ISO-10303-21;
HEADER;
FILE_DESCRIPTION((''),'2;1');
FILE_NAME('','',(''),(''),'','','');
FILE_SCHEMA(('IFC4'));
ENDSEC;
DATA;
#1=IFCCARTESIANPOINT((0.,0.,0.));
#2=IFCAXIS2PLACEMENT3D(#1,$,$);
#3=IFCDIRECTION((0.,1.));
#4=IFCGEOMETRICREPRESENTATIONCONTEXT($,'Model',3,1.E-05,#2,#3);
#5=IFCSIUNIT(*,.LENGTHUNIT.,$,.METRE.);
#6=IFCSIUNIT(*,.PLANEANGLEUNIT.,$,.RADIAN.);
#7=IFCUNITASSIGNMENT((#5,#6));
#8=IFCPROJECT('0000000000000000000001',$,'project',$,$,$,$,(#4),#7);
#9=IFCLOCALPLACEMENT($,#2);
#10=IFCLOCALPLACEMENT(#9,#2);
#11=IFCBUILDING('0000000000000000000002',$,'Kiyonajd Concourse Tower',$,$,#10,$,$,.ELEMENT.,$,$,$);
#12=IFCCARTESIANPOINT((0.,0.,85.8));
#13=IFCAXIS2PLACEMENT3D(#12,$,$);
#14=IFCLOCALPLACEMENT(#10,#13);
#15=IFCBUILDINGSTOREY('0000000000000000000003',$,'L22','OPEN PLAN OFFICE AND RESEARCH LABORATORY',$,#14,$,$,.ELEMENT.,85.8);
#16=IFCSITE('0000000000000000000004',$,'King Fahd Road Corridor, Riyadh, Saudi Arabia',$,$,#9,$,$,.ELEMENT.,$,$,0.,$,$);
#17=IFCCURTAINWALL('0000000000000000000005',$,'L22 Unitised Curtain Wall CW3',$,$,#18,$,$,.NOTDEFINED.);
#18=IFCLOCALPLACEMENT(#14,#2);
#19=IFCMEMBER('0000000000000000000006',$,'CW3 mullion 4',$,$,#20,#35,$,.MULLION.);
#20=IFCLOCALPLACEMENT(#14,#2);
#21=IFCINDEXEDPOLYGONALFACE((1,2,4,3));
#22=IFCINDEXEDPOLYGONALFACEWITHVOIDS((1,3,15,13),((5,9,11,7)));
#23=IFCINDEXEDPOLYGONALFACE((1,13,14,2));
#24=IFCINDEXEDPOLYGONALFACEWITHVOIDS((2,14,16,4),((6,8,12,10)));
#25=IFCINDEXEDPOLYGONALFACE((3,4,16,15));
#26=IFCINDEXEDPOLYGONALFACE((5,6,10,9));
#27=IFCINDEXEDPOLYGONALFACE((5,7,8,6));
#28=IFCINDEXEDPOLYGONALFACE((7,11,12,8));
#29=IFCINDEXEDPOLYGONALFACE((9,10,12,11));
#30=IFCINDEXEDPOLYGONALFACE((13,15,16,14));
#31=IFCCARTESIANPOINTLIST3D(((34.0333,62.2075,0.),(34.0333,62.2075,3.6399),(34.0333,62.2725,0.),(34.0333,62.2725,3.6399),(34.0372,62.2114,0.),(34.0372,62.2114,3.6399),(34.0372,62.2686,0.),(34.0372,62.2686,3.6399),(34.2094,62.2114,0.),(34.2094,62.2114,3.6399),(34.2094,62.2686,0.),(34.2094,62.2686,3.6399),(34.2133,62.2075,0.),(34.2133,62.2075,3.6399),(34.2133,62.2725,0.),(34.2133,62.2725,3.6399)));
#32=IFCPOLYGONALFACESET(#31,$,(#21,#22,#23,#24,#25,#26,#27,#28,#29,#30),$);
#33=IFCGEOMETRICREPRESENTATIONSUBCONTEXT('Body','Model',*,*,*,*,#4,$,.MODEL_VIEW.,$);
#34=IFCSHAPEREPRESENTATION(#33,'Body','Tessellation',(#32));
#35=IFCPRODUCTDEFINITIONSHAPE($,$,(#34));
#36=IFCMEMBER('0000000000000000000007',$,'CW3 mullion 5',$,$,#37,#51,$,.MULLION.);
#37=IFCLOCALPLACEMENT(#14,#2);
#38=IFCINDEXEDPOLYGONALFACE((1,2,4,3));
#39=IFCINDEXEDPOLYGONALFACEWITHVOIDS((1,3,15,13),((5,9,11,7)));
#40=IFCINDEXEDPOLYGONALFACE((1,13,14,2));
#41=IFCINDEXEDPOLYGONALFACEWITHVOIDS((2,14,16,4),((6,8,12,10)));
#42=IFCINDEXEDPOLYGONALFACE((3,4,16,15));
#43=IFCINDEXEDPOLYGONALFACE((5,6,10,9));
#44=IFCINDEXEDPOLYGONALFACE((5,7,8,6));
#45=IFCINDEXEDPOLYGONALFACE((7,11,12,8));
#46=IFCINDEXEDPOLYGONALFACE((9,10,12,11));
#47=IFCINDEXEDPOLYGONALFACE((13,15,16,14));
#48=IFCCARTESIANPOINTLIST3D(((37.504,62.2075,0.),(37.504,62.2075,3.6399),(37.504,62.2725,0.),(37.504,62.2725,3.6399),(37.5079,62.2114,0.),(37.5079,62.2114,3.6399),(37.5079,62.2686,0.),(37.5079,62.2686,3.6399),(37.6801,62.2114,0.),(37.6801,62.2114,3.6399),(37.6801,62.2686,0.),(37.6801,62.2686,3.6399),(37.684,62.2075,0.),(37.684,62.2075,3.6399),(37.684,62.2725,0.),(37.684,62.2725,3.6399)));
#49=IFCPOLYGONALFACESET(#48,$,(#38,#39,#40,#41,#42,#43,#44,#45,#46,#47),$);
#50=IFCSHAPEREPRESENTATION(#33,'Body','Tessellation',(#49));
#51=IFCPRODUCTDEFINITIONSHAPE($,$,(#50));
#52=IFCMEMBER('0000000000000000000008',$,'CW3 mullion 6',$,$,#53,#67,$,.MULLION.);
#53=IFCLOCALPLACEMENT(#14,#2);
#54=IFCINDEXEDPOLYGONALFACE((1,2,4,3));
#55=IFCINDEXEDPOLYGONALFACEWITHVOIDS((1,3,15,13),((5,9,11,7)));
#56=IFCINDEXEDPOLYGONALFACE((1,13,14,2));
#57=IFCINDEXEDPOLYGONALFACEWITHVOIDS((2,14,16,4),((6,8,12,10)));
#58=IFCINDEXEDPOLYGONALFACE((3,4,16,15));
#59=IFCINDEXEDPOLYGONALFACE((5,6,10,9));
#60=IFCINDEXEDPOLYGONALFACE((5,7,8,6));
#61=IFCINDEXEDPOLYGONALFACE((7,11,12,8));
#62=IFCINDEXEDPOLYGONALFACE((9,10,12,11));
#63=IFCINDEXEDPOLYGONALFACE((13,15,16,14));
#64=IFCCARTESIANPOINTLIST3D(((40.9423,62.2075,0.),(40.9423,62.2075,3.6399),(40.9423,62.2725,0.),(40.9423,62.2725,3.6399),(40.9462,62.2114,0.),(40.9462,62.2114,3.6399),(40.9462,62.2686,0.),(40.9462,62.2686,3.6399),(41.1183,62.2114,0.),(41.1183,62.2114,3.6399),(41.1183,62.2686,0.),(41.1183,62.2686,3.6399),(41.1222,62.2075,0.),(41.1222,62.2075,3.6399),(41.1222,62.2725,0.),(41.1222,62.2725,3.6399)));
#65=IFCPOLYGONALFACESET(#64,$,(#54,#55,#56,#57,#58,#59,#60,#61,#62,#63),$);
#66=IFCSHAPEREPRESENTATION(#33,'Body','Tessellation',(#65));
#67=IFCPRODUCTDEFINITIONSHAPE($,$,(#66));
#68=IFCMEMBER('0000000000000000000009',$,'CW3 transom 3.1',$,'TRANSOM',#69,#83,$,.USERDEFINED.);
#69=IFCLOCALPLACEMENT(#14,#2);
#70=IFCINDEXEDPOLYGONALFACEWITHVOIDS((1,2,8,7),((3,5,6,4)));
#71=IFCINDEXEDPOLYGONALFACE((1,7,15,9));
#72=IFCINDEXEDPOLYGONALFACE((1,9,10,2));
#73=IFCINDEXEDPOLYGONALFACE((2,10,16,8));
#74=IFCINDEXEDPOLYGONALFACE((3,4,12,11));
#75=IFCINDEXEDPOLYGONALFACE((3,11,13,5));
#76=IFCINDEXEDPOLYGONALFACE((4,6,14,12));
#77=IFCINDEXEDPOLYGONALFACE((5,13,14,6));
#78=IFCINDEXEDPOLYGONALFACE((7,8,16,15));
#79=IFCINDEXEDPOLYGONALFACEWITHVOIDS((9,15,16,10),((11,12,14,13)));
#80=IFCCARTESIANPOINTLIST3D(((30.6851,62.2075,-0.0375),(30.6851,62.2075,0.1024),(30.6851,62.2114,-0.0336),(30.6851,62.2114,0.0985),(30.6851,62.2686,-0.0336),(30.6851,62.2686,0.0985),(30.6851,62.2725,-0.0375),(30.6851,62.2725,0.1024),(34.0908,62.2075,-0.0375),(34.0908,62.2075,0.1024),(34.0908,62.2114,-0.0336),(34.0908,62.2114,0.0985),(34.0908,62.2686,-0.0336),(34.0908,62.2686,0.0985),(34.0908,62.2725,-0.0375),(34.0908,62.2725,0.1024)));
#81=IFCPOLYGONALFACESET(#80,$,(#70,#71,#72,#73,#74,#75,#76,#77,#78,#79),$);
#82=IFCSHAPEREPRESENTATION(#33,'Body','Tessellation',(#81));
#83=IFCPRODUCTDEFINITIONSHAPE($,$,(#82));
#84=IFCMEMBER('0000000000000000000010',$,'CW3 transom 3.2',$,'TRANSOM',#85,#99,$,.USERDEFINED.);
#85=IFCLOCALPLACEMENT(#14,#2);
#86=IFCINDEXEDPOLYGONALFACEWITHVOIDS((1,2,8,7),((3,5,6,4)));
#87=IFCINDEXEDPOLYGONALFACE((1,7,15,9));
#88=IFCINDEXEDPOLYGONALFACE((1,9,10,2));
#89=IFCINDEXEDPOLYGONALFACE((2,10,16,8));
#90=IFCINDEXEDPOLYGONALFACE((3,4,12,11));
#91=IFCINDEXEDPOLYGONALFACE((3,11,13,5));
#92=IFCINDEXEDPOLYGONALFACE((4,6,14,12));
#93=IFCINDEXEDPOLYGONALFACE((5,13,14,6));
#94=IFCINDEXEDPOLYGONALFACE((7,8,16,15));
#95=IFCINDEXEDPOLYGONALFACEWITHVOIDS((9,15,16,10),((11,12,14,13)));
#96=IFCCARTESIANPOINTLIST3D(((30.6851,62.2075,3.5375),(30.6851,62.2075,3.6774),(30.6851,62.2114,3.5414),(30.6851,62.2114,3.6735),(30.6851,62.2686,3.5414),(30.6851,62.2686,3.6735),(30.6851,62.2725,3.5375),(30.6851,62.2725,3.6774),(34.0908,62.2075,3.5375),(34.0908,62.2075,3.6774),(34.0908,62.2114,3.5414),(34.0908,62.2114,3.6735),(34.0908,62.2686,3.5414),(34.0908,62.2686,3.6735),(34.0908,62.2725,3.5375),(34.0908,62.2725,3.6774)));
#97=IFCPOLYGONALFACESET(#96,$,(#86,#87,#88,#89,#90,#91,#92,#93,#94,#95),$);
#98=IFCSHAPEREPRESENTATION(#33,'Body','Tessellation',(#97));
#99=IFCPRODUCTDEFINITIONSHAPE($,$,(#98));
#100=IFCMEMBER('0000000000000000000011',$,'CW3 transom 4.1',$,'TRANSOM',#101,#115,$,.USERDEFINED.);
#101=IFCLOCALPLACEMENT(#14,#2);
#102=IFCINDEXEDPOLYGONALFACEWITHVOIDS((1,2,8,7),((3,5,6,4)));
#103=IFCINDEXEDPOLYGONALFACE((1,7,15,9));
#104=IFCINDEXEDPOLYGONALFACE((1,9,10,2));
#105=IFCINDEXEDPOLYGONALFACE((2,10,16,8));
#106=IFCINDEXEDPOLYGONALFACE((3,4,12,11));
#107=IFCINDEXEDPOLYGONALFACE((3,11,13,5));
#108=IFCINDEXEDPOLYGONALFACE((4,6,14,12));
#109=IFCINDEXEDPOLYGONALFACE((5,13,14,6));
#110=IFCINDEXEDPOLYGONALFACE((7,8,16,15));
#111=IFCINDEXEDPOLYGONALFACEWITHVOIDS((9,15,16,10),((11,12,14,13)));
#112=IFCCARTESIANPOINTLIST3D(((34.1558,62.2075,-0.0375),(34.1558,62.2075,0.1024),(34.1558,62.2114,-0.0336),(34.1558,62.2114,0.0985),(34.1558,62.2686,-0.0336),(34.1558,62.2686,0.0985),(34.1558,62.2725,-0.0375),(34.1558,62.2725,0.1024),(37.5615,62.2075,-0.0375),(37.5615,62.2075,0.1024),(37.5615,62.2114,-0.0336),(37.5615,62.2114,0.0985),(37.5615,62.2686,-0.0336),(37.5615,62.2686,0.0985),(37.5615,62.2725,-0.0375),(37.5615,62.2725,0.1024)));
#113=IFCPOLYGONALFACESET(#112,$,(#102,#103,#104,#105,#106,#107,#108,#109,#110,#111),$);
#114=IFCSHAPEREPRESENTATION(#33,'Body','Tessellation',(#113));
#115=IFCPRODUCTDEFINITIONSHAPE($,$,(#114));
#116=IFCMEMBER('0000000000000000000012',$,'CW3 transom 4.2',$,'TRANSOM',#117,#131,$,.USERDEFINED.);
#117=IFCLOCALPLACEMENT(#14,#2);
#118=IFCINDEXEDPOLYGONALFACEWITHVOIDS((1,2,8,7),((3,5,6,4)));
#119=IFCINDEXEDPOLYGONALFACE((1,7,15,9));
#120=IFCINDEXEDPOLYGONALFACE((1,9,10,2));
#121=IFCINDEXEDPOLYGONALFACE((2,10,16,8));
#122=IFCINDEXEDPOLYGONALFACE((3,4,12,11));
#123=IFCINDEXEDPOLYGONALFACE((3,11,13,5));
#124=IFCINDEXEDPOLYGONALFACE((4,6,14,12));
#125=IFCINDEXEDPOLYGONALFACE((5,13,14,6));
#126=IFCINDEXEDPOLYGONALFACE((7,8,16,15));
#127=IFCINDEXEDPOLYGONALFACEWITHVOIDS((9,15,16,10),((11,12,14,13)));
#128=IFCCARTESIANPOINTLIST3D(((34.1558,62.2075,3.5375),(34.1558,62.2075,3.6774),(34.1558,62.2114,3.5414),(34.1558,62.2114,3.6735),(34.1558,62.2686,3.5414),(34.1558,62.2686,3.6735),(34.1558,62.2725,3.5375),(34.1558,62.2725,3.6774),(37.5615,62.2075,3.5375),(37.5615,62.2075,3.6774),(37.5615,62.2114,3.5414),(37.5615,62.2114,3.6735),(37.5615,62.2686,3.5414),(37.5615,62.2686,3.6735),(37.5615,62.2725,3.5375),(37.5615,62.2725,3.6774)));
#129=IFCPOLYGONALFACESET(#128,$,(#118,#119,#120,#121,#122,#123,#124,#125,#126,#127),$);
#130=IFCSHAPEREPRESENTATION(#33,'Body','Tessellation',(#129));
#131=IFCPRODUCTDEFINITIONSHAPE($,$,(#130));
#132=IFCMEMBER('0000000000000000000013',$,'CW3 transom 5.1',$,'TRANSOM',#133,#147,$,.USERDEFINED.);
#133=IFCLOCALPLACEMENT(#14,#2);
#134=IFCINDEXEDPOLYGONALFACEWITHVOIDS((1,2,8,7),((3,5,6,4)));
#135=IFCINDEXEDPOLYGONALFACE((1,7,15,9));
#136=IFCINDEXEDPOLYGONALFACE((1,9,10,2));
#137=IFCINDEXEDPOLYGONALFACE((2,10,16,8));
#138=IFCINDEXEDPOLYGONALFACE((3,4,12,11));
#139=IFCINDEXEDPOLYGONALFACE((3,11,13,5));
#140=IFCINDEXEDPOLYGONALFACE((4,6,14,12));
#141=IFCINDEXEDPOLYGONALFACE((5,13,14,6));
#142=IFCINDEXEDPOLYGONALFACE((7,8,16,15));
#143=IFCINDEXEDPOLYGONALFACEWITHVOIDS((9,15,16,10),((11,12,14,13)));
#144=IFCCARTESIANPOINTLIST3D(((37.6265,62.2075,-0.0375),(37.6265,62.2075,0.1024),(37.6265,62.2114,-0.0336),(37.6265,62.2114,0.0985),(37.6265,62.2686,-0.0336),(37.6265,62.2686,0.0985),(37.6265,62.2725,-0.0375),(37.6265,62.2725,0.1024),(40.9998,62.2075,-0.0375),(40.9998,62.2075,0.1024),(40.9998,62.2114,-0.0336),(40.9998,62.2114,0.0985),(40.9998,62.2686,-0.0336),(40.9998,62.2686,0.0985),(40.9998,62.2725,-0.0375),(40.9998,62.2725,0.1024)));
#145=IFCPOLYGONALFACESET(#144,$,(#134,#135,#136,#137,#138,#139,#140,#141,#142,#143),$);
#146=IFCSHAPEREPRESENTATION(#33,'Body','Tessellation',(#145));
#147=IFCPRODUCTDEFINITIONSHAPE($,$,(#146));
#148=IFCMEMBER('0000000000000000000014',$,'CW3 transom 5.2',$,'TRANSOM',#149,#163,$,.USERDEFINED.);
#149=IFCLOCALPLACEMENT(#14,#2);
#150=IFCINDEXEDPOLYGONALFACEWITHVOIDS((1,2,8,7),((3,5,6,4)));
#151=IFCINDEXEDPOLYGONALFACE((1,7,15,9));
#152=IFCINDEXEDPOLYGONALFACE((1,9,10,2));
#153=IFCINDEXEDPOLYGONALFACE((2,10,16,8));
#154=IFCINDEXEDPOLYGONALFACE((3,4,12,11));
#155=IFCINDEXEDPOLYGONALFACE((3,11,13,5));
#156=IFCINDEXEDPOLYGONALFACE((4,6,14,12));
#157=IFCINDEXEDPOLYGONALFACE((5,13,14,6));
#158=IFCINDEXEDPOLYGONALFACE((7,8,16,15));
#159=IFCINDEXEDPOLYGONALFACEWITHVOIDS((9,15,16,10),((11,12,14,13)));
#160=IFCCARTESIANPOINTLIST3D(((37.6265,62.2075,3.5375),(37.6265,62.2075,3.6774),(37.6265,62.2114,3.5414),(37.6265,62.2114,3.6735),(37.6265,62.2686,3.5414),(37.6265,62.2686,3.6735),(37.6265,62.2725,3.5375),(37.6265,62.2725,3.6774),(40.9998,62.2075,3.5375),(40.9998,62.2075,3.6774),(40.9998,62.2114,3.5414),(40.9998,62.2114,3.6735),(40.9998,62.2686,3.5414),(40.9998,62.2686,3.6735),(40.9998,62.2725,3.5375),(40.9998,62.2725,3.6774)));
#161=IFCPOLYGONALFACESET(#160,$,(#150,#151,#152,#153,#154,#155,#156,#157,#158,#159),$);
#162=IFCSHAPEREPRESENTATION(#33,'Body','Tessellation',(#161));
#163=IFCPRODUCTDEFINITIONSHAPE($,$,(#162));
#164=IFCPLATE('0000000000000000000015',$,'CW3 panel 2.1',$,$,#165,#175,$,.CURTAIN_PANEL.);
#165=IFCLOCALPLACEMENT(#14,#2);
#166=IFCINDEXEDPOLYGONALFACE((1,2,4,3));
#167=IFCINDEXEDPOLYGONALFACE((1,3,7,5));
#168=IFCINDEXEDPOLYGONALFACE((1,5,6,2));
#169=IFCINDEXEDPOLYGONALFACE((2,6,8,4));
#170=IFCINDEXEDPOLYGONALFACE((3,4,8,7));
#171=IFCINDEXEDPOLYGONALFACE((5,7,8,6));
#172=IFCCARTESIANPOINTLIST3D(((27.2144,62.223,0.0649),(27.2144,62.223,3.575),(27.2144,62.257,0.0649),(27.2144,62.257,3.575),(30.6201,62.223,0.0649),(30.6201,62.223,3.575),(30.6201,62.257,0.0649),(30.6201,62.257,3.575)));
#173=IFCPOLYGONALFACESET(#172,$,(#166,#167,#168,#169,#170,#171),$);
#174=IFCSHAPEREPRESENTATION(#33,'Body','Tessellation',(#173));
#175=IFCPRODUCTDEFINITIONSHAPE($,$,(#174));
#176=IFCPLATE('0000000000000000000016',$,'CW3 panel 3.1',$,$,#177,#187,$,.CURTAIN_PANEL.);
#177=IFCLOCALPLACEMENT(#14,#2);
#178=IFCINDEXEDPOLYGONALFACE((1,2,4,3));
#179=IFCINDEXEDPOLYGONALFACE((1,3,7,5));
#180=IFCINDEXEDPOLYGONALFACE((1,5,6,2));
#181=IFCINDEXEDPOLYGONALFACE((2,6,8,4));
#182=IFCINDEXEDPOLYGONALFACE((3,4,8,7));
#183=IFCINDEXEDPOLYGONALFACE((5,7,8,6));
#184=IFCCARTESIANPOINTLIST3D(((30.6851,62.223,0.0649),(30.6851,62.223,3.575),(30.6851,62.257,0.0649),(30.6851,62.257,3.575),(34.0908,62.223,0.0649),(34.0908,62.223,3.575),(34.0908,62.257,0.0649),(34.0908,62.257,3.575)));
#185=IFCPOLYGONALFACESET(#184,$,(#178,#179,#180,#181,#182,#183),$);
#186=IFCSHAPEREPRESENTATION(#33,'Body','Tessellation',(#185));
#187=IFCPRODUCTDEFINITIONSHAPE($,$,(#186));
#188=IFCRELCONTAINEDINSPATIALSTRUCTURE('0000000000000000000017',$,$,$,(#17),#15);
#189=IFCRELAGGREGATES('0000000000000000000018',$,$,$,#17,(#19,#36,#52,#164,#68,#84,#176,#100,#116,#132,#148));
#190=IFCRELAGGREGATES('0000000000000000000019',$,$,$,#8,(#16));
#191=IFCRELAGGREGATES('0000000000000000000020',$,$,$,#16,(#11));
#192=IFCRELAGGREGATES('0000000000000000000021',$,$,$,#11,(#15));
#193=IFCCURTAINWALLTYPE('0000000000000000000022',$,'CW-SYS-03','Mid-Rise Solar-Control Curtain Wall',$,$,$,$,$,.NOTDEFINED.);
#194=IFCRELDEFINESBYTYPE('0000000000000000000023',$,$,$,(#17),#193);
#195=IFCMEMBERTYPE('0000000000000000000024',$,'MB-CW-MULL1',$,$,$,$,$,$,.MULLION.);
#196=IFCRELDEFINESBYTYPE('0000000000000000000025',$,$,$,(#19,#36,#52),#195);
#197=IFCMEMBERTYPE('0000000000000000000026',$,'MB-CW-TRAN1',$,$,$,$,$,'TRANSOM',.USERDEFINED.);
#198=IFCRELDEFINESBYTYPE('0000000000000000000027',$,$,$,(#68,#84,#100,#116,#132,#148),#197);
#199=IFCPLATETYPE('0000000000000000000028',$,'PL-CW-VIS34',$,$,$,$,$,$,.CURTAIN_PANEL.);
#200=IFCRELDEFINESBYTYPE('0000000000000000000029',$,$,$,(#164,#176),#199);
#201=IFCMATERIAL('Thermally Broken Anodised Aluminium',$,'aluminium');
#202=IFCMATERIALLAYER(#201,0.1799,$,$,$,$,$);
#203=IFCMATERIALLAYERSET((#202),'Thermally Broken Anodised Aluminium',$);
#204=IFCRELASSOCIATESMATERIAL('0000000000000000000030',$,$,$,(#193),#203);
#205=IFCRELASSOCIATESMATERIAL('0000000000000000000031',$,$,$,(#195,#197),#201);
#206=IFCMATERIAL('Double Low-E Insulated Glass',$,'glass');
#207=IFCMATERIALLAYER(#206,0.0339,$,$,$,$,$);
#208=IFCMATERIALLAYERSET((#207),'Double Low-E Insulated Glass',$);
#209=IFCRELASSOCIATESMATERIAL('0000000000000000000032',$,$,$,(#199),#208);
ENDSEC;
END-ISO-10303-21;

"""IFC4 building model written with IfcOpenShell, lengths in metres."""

from ifc_helpers import new_model, si_unit, direction, frame, origin, origin_2d, place, context, subcontext, project, spatial, rectangle, hollow_rectangle, extrude, material, layer, layer_set, material_profile, profile_set, type_object, element, aggregate, save


model = new_model("IFC4")

# Units and contexts
model_context = context("Model", 3, precision=1e-05, world=origin(), true_north=direction((0.0, 1.0)))
body_context = subcontext(model_context, "Body", "Model", "MODEL_VIEW")
ifc_project = project(units=[si_unit("LENGTHUNIT", "METRE"), si_unit("PLANEANGLEUNIT", "RADIAN")], contexts=[model_context])

# Site, building, storey
site_placement = place(None, origin())
site = spatial("IfcSite", under=ifc_project, at=site_placement, Name="King Fahd Road Corridor, Riyadh, Saudi Arabia", CompositionType="ELEMENT", RefElevation=0.0)
building_placement = place(site_placement, origin())
building = spatial("IfcBuilding", under=site, at=building_placement, Name="Kiyonajd Concourse Tower", CompositionType="ELEMENT")
storey_placement = place(building_placement, frame((0.0, 0.0, 85.8)))
storey = spatial("IfcBuildingStorey", under=building, at=storey_placement, Name="L22", Description="OPEN PLAN OFFICE AND RESEARCH LABORATORY", CompositionType="ELEMENT", Elevation=85.8)

# Curtain wall, members, plates
ifc_material_1 = material(Name="Thermally Broken Anodised Aluminium", Category="aluminium")
ifc_layer_1 = layer(ifc_material_1, 0.1799)
ifc_layer_set_1 = layer_set([ifc_layer_1], Name="Thermally Broken Anodised Aluminium")
curtain_wall_type = type_object("IfcCurtainWallType", Name="CW-SYS-03", Description="Mid-Rise Solar-Control Curtain Wall", PredefinedType="NOTDEFINED", material=ifc_layer_set_1)
curtain_wall_placement = place(storey_placement, origin())
curtain_wall = element("IfcCurtainWall", 1, at=curtain_wall_placement, inside=storey, type_object=curtain_wall_type, Name="L22 Unitised Curtain Wall CW3", PredefinedType="NOTDEFINED")
ifc_material_profile_1 = material_profile(ifc_material_1, hollow_rectangle(XDim=0.0649, YDim=0.1799, WallThickness=0.0039, at=origin_2d()), Name="MULL-65x180")
ifc_profile_set_1 = profile_set([ifc_material_profile_1], Name="Thermally Broken Anodised Aluminium")
member_type_1 = type_object("IfcMemberType", Name="MB-CW-MULL1", PredefinedType="MULLION", material=ifc_profile_set_1)
member_1_placement = place(storey_placement, frame((34.1233, 62.24, 0.0), z_axis=(0.0, 0.0, 1.0), x_axis=(0.0, 1.0, 0.0)))
member_1 = element("IfcMember", 2, at=member_1_placement, type_object=member_type_1, Name="CW3 mullion 4", PredefinedType="MULLION", context=body_context, shape_type="SweptSolid", body=[
    extrude(hollow_rectangle(XDim=0.0649, YDim=0.1799, WallThickness=0.0039, at=origin_2d()), origin(), (0.0, 0.0, 1.0), 3.6399),
])
member_2_placement = place(storey_placement, frame((37.594, 62.24, 0.0), z_axis=(0.0, 0.0, 1.0), x_axis=(0.0, 1.0, 0.0)))
member_2 = element("IfcMember", 3, at=member_2_placement, type_object=member_type_1, Name="CW3 mullion 5", PredefinedType="MULLION", context=body_context, shape_type="SweptSolid", body=[
    extrude(hollow_rectangle(XDim=0.0649, YDim=0.1799, WallThickness=0.0039, at=origin_2d()), origin(), (0.0, 0.0, 1.0), 3.6399),
])
member_3_placement = place(storey_placement, frame((41.0322, 62.24, 0.0), z_axis=(0.0, 0.0, 1.0), x_axis=(0.0, 1.0, 0.0)))
member_3 = element("IfcMember", 4, at=member_3_placement, type_object=member_type_1, Name="CW3 mullion 6", PredefinedType="MULLION", context=body_context, shape_type="SweptSolid", body=[
    extrude(hollow_rectangle(XDim=0.0649, YDim=0.1799, WallThickness=0.0039, at=origin_2d()), origin(), (0.0, 0.0, 1.0), 3.6399),
])
ifc_material_profile_2 = material_profile(ifc_material_1, hollow_rectangle(XDim=0.0649, YDim=0.1399, WallThickness=0.0039, at=origin_2d()), Name="TRAN-65x140")
ifc_profile_set_2 = profile_set([ifc_material_profile_2], Name="Thermally Broken Anodised Aluminium")
member_type_2 = type_object("IfcMemberType", Name="MB-CW-TRAN1", ElementType="TRANSOM", PredefinedType="USERDEFINED", material=ifc_profile_set_2)
member_4_placement = place(storey_placement, frame((30.6851, 62.24, 0.0325), z_axis=(1.0, 0.0, 0.0), x_axis=(0.0, 1.0, 0.0)))
member_4 = element("IfcMember", 5, at=member_4_placement, type_object=member_type_2, Name="CW3 transom 3.1", ObjectType="TRANSOM", PredefinedType="USERDEFINED", context=body_context, shape_type="SweptSolid", body=[
    extrude(hollow_rectangle(XDim=0.0649, YDim=0.1399, WallThickness=0.0039, at=origin_2d()), origin(), (0.0, 0.0, 1.0), 3.4058),
])
member_5_placement = place(storey_placement, frame((30.6851, 62.24, 3.6074), z_axis=(1.0, 0.0, 0.0), x_axis=(0.0, 1.0, 0.0)))
member_5 = element("IfcMember", 6, at=member_5_placement, type_object=member_type_2, Name="CW3 transom 3.2", ObjectType="TRANSOM", PredefinedType="USERDEFINED", context=body_context, shape_type="SweptSolid", body=[
    extrude(hollow_rectangle(XDim=0.0649, YDim=0.1399, WallThickness=0.0039, at=origin_2d()), origin(), (0.0, 0.0, 1.0), 3.4058),
])
member_6_placement = place(storey_placement, frame((34.1558, 62.24, 0.0325), z_axis=(1.0, 0.0, 0.0), x_axis=(0.0, 1.0, 0.0)))
member_6 = element("IfcMember", 7, at=member_6_placement, type_object=member_type_2, Name="CW3 transom 4.1", ObjectType="TRANSOM", PredefinedType="USERDEFINED", context=body_context, shape_type="SweptSolid", body=[
    extrude(hollow_rectangle(XDim=0.0649, YDim=0.1399, WallThickness=0.0039, at=origin_2d()), origin(), (0.0, 0.0, 1.0), 3.4058),
])
member_7_placement = place(storey_placement, frame((34.1558, 62.24, 3.6074), z_axis=(1.0, 0.0, 0.0), x_axis=(0.0, 1.0, 0.0)))
member_7 = element("IfcMember", 8, at=member_7_placement, type_object=member_type_2, Name="CW3 transom 4.2", ObjectType="TRANSOM", PredefinedType="USERDEFINED", context=body_context, shape_type="SweptSolid", body=[
    extrude(hollow_rectangle(XDim=0.0649, YDim=0.1399, WallThickness=0.0039, at=origin_2d()), origin(), (0.0, 0.0, 1.0), 3.4058),
])
member_8_placement = place(storey_placement, frame((37.6265, 62.24, 0.0325), z_axis=(1.0, 0.0, 0.0), x_axis=(0.0, 1.0, 0.0)))
member_8 = element("IfcMember", 9, at=member_8_placement, type_object=member_type_2, Name="CW3 transom 5.1", ObjectType="TRANSOM", PredefinedType="USERDEFINED", context=body_context, shape_type="SweptSolid", body=[
    extrude(hollow_rectangle(XDim=0.0649, YDim=0.1399, WallThickness=0.0039, at=origin_2d()), origin(), (0.0, 0.0, 1.0), 3.3733),
])
member_9_placement = place(storey_placement, frame((37.6265, 62.24, 3.6074), z_axis=(1.0, 0.0, 0.0), x_axis=(0.0, 1.0, 0.0)))
member_9 = element("IfcMember", 10, at=member_9_placement, type_object=member_type_2, Name="CW3 transom 5.2", ObjectType="TRANSOM", PredefinedType="USERDEFINED", context=body_context, shape_type="SweptSolid", body=[
    extrude(hollow_rectangle(XDim=0.0649, YDim=0.1399, WallThickness=0.0039, at=origin_2d()), origin(), (0.0, 0.0, 1.0), 3.3733),
])
ifc_material_2 = material(Name="Double Low-E Insulated Glass", Category="glass")
ifc_layer_2 = layer(ifc_material_2, 0.0339)
ifc_layer_set_2 = layer_set([ifc_layer_2], Name="Double Low-E Insulated Glass")
plate_type_1 = type_object("IfcPlateType", Name="PL-CW-VIS34", PredefinedType="CURTAIN_PANEL", material=ifc_layer_set_2)
plate_1_placement = place(storey_placement, frame((28.9172, 62.24, 0.0649), z_axis=(0.0, 0.0, 1.0), x_axis=(1.0, 0.0, 0.0)))
plate_1 = element("IfcPlate", 11, at=plate_1_placement, type_object=plate_type_1, Name="CW3 panel 2.1", PredefinedType="CURTAIN_PANEL", context=body_context, shape_type="SweptSolid", body=[
    extrude(rectangle(XDim=3.4058, YDim=0.0339, at=origin_2d()), origin(), (0.0, 0.0, 1.0), 3.51),
])
plate_2_placement = place(storey_placement, frame((32.3879, 62.24, 0.0649), z_axis=(0.0, 0.0, 1.0), x_axis=(1.0, 0.0, 0.0)))
plate_2 = element("IfcPlate", 12, at=plate_2_placement, type_object=plate_type_1, Name="CW3 panel 3.1", PredefinedType="CURTAIN_PANEL", context=body_context, shape_type="SweptSolid", body=[
    extrude(rectangle(XDim=3.4058, YDim=0.0339, at=origin_2d()), origin(), (0.0, 0.0, 1.0), 3.51),
])
aggregate(curtain_wall, [member_1, member_2, member_3, plate_1, member_4, member_5, plate_2, member_6, member_7, member_8, member_9])

save(model, "model.ifc")
